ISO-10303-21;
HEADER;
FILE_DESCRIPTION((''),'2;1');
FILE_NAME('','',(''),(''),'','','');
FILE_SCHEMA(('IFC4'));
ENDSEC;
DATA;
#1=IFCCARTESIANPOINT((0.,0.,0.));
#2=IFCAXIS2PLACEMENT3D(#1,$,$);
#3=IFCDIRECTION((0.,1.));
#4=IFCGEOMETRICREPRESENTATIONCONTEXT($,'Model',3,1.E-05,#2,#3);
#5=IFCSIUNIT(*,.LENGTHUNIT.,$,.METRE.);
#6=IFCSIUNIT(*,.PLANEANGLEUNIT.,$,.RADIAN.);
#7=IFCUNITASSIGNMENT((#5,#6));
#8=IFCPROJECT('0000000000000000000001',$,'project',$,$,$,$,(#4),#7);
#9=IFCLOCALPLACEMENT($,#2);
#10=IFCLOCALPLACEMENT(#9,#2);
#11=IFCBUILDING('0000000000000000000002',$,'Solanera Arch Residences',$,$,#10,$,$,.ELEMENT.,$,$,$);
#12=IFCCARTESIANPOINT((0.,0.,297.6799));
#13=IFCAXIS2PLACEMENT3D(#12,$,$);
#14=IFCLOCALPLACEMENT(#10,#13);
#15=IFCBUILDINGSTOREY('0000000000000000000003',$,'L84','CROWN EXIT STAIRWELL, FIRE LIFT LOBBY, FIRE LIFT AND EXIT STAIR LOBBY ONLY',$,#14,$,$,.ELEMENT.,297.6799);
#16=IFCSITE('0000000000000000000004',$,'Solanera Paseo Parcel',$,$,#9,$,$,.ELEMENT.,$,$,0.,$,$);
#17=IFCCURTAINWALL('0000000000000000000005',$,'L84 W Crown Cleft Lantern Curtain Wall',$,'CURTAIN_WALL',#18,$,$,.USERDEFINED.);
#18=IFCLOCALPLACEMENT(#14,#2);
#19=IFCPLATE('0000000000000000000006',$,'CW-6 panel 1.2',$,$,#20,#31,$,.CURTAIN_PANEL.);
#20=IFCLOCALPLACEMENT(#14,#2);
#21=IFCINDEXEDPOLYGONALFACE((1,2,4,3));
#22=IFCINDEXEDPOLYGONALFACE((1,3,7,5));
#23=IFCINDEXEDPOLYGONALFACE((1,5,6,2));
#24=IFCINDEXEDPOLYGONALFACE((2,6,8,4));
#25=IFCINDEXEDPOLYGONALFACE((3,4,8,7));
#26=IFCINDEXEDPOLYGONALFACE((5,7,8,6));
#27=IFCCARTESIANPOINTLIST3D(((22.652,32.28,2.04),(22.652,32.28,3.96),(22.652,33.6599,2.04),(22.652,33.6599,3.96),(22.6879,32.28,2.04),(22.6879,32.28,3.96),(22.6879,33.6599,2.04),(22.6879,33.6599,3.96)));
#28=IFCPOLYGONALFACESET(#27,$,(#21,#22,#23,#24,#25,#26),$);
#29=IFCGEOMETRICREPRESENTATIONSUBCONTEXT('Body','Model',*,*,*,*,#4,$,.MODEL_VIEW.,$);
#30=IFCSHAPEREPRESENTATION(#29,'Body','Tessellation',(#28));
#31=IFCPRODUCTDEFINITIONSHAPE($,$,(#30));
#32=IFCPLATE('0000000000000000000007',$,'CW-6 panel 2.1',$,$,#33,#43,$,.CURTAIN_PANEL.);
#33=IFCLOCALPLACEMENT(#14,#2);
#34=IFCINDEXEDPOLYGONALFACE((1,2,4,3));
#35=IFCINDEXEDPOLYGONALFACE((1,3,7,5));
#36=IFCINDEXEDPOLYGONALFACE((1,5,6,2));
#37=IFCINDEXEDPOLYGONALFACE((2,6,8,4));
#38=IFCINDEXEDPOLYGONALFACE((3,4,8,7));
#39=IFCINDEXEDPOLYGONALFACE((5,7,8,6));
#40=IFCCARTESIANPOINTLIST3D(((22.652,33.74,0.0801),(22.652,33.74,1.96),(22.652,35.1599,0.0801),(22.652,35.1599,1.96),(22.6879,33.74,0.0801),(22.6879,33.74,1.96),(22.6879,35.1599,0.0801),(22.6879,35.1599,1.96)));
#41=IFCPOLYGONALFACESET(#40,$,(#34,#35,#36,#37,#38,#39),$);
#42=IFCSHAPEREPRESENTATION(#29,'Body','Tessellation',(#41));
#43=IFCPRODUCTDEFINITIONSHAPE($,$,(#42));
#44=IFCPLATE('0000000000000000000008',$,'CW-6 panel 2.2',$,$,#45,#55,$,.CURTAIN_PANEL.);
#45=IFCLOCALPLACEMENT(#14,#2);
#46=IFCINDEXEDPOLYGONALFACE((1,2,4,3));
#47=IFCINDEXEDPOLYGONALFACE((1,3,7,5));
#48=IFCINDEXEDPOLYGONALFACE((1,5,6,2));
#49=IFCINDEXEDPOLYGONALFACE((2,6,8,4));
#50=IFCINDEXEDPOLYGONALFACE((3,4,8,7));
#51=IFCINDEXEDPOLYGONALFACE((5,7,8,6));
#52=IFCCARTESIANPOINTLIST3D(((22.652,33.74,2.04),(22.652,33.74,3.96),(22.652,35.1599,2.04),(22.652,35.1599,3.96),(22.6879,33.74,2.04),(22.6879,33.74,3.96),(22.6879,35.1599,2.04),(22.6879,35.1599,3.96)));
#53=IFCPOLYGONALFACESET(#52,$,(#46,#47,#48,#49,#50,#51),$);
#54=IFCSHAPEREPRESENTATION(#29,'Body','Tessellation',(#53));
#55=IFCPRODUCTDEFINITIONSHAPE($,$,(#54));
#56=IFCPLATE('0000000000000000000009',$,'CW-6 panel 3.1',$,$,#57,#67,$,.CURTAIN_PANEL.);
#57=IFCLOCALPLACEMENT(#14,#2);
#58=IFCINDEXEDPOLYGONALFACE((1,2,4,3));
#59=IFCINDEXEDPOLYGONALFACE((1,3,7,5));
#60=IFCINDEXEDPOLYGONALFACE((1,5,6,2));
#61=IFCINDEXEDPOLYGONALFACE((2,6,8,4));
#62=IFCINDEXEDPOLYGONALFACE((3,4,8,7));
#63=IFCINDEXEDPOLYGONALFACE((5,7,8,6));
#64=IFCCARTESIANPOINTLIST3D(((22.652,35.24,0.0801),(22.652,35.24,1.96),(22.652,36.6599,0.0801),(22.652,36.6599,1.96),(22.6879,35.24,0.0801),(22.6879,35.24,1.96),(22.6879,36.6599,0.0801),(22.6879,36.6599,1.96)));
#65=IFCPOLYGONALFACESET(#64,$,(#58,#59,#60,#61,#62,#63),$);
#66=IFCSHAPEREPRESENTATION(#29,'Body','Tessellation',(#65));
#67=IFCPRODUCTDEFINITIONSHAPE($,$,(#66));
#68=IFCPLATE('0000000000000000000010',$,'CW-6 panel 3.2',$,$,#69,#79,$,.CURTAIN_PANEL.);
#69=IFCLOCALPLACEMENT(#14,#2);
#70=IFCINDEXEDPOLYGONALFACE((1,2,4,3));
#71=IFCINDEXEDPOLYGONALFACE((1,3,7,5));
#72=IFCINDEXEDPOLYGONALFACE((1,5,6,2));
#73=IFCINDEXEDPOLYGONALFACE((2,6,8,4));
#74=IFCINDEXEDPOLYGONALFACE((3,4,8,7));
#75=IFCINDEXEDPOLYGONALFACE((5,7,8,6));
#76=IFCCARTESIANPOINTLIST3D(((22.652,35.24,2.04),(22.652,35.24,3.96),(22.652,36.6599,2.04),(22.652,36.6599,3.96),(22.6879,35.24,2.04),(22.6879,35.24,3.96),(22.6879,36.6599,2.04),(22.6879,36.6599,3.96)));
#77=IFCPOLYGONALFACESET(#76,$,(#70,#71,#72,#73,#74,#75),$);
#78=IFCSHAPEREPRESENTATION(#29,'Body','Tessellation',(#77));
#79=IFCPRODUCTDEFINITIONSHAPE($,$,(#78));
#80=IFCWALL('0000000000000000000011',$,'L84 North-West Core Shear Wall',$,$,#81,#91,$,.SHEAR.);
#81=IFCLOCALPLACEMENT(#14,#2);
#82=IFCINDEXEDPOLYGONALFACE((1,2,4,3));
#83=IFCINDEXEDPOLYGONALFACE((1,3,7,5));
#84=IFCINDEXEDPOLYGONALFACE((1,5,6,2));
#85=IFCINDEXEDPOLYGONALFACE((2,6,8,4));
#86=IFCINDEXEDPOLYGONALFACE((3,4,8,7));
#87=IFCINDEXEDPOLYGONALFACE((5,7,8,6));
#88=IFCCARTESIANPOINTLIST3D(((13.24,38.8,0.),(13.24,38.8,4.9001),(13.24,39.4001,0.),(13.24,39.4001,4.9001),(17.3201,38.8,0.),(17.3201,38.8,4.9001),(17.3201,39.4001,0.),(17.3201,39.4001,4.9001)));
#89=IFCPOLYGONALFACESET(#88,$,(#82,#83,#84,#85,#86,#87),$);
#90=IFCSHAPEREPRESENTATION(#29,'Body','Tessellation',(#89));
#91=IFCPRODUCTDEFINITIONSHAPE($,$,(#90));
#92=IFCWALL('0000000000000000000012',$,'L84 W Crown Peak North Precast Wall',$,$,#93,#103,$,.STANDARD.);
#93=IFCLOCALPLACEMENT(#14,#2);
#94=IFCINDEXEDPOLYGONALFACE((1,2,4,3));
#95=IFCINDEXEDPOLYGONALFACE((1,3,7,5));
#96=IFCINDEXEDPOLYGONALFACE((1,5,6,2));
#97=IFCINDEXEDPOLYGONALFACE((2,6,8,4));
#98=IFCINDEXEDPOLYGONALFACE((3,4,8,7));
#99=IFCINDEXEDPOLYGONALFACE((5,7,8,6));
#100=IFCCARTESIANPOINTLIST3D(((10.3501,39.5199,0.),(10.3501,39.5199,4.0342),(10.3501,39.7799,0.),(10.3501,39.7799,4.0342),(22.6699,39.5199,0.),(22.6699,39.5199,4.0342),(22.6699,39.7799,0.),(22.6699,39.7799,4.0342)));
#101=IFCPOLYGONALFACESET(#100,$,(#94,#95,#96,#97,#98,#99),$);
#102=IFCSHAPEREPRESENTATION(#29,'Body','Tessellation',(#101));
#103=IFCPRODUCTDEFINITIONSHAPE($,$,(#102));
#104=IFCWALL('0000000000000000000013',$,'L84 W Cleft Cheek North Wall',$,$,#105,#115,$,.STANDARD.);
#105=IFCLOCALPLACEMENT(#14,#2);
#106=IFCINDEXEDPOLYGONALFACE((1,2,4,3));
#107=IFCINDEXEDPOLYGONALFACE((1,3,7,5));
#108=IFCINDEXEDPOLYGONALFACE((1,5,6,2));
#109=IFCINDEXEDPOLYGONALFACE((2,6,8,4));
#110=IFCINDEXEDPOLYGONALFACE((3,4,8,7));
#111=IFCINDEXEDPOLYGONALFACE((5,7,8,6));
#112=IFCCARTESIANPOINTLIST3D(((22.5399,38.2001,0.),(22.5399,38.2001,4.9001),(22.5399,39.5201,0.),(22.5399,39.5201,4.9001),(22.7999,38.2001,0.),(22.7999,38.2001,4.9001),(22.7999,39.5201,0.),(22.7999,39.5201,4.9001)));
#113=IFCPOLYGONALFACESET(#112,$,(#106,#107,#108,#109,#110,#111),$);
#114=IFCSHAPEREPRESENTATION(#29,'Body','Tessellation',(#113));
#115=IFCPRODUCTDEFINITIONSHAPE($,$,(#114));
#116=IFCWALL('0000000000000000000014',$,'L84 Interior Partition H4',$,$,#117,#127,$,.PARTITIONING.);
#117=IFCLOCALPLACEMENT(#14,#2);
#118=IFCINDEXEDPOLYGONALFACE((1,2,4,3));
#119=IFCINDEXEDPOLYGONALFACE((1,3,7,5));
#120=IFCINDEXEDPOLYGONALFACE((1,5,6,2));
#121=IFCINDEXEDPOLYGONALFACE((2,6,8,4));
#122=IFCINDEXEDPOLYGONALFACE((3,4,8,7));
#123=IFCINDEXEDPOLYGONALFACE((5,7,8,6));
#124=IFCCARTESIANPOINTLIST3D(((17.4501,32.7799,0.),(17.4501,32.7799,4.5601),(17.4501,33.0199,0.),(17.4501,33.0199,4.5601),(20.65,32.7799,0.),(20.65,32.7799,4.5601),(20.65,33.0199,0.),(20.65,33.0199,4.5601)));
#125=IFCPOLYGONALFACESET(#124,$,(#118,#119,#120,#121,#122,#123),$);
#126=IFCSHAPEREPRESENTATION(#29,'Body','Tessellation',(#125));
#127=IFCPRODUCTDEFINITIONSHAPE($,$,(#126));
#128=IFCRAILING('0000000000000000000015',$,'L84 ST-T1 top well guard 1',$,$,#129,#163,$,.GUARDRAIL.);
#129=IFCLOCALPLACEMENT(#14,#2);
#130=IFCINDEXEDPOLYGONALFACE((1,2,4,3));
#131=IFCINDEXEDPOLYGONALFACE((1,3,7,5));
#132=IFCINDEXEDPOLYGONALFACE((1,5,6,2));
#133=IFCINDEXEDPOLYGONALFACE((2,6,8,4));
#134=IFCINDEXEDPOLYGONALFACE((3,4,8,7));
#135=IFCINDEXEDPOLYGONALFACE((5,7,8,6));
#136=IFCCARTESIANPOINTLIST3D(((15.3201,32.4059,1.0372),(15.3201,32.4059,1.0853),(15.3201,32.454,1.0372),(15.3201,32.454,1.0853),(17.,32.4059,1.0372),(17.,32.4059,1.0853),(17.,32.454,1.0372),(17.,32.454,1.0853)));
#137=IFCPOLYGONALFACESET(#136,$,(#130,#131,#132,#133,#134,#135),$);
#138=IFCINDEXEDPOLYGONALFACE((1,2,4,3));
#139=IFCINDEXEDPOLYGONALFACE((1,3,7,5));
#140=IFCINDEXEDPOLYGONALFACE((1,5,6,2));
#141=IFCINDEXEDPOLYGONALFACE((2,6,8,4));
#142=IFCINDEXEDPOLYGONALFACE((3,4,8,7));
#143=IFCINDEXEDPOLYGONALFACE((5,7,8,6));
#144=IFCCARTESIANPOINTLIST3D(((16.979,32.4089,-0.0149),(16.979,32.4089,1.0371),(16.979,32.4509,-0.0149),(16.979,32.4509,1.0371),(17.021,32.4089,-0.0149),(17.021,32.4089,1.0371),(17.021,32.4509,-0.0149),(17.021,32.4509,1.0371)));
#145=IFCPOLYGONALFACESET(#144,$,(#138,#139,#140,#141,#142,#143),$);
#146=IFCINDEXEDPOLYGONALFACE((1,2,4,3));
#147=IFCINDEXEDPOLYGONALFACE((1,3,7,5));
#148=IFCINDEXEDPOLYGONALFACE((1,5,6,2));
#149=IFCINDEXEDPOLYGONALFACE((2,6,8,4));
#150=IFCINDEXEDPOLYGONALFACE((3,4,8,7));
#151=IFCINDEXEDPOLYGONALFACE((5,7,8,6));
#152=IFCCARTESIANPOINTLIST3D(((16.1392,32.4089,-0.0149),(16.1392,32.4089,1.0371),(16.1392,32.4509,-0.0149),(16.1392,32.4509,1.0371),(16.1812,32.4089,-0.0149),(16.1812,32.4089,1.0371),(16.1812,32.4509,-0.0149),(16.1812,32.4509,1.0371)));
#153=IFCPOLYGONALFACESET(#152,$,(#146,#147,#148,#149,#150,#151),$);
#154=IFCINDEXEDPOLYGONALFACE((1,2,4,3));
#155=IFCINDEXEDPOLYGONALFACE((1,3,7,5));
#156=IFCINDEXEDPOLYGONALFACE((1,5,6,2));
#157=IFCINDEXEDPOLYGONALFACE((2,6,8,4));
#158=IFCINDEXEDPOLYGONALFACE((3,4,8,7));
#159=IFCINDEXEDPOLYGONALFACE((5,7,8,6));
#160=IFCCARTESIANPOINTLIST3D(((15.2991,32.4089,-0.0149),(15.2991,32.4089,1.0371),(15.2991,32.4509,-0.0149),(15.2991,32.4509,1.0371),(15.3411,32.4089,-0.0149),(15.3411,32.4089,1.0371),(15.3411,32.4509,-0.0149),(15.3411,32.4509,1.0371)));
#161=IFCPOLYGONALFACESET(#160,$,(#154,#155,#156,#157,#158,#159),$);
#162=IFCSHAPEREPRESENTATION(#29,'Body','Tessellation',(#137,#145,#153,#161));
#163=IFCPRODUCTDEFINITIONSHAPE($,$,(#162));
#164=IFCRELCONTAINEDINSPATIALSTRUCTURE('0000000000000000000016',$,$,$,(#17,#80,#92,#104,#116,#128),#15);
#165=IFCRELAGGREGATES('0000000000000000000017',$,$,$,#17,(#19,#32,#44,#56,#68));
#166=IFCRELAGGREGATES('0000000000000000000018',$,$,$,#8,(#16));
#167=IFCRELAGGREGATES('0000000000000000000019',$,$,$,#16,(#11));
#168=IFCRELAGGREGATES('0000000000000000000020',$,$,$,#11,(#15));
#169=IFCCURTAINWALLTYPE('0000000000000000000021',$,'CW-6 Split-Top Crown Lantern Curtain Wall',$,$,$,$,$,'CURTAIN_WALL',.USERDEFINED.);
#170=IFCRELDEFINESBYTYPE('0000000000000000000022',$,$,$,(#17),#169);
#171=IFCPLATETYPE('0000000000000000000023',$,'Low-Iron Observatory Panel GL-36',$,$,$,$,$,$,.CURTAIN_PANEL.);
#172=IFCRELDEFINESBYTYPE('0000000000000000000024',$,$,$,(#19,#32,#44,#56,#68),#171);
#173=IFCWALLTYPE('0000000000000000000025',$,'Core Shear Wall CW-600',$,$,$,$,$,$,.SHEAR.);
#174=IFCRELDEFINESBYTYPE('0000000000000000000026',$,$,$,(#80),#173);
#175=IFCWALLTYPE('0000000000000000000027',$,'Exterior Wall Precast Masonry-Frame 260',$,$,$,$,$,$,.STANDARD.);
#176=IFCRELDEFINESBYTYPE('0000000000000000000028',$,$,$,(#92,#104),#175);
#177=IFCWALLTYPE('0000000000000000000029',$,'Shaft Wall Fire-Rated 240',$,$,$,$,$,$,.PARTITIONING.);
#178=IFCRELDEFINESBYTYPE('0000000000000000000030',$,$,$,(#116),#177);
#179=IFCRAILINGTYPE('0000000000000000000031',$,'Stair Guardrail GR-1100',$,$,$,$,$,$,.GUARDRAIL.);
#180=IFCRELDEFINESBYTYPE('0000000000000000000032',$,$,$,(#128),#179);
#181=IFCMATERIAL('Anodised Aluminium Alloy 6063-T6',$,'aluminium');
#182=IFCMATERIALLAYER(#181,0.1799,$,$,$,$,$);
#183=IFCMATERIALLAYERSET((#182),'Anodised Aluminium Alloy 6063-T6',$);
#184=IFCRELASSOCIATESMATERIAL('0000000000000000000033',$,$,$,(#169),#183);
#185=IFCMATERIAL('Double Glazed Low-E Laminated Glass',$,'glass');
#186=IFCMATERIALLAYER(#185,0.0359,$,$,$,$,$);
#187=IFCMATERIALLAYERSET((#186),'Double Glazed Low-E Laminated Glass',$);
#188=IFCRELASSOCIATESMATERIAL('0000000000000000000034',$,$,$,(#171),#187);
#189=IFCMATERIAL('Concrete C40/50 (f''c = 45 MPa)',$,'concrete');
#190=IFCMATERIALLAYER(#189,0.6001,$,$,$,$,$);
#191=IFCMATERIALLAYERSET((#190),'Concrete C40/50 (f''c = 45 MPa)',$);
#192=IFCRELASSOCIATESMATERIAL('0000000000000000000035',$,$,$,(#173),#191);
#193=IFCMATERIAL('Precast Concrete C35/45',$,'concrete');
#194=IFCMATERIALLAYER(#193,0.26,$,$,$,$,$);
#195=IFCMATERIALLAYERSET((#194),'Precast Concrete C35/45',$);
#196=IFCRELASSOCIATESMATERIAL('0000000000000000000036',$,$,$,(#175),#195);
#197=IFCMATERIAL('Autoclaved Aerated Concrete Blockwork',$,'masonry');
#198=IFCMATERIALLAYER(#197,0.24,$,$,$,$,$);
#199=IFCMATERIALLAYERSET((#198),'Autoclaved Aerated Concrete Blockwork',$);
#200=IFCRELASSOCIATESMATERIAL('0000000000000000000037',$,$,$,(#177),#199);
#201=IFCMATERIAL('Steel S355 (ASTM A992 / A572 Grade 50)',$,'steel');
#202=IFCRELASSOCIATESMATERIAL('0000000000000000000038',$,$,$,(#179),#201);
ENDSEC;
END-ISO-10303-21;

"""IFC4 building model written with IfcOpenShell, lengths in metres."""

from ifc_helpers import new_model, si_unit, direction, frame, frame_2d, origin, origin_2d, place, context, subcontext, project, spatial, rectangle, extrude, material, layer, layer_set, type_object, element, aggregate, save


model = new_model("IFC4")

# Units and contexts
model_context = context("Model", 3, precision=1e-05, world=origin(), true_north=direction((0.0, 1.0)))
body_context = subcontext(model_context, "Body", "Model", "MODEL_VIEW")
ifc_project = project(units=[si_unit("LENGTHUNIT", "METRE"), si_unit("PLANEANGLEUNIT", "RADIAN")], contexts=[model_context])

# Site, building, storey
site_placement = place(None, origin())
site = spatial("IfcSite", under=ifc_project, at=site_placement, Name="Solanera Paseo Parcel", CompositionType="ELEMENT", RefElevation=0.0)
building_placement = place(site_placement, origin())
building = spatial("IfcBuilding", under=site, at=building_placement, Name="Solanera Arch Residences", CompositionType="ELEMENT")
storey_placement = place(building_placement, frame((0.0, 0.0, 297.6799)))
storey = spatial("IfcBuildingStorey", under=building, at=storey_placement, Name="L84", Description="CROWN EXIT STAIRWELL, FIRE LIFT LOBBY, FIRE LIFT AND EXIT STAIR LOBBY ONLY", CompositionType="ELEMENT", Elevation=297.6799)

# Curtain wall
ifc_material_1 = material(Name="Anodised Aluminium Alloy 6063-T6", Category="aluminium")
ifc_layer_1 = layer(ifc_material_1, 0.1799)
ifc_layer_set_1 = layer_set([ifc_layer_1], Name="Anodised Aluminium Alloy 6063-T6")
curtain_wall_type = type_object("IfcCurtainWallType", Name="CW-6 Split-Top Crown Lantern Curtain Wall", ElementType="CURTAIN_WALL", PredefinedType="USERDEFINED", material=ifc_layer_set_1)
curtain_wall_placement = place(storey_placement, origin())
curtain_wall = element("IfcCurtainWall", 1, at=curtain_wall_placement, inside=storey, type_object=curtain_wall_type, Name="L84 W Crown Cleft Lantern Curtain Wall", ObjectType="CURTAIN_WALL", PredefinedType="USERDEFINED")

# Plates
ifc_material_2 = material(Name="Double Glazed Low-E Laminated Glass", Category="glass")
ifc_layer_2 = layer(ifc_material_2, 0.0359)
ifc_layer_set_2 = layer_set([ifc_layer_2], Name="Double Glazed Low-E Laminated Glass")
plate_type = type_object("IfcPlateType", Name="Low-Iron Observatory Panel GL-36", PredefinedType="CURTAIN_PANEL", material=ifc_layer_set_2)
plate_1_placement = place(storey_placement, frame((22.6699, 32.97, 2.04), z_axis=(0.0, 0.0, 1.0), x_axis=(0.0, 1.0, 0.0)))
plate_1 = element("IfcPlate", 2, at=plate_1_placement, type_object=plate_type, Name="CW-6 panel 1.2", PredefinedType="CURTAIN_PANEL", context=body_context, shape_type="SweptSolid", body=[
    extrude(rectangle(XDim=1.3799, YDim=0.0359, at=origin_2d()), origin(), (0.0, 0.0, 1.0), 1.9199),
])
plate_2_placement = place(storey_placement, frame((22.6699, 34.45, 0.0801), z_axis=(0.0, 0.0, 1.0), x_axis=(0.0, 1.0, 0.0)))
plate_2 = element("IfcPlate", 3, at=plate_2_placement, type_object=plate_type, Name="CW-6 panel 2.1", PredefinedType="CURTAIN_PANEL", context=body_context, shape_type="SweptSolid", body=[
    extrude(rectangle(XDim=1.4199, YDim=0.0359, at=origin_2d()), origin(), (0.0, 0.0, 1.0), 1.8799),
])
plate_3_placement = place(storey_placement, frame((22.6699, 34.45, 2.04), z_axis=(0.0, 0.0, 1.0), x_axis=(0.0, 1.0, 0.0)))
plate_3 = element("IfcPlate", 4, at=plate_3_placement, type_object=plate_type, Name="CW-6 panel 2.2", PredefinedType="CURTAIN_PANEL", context=body_context, shape_type="SweptSolid", body=[
    extrude(rectangle(XDim=1.4199, YDim=0.0359, at=origin_2d()), origin(), (0.0, 0.0, 1.0), 1.9199),
])
plate_4_placement = place(storey_placement, frame((22.6699, 35.95, 0.0801), z_axis=(0.0, 0.0, 1.0), x_axis=(0.0, 1.0, 0.0)))
plate_4 = element("IfcPlate", 5, at=plate_4_placement, type_object=plate_type, Name="CW-6 panel 3.1", PredefinedType="CURTAIN_PANEL", context=body_context, shape_type="SweptSolid", body=[
    extrude(rectangle(XDim=1.4199, YDim=0.0359, at=origin_2d()), origin(), (0.0, 0.0, 1.0), 1.8799),
])
plate_5_placement = place(storey_placement, frame((22.6699, 35.95, 2.04), z_axis=(0.0, 0.0, 1.0), x_axis=(0.0, 1.0, 0.0)))
plate_5 = element("IfcPlate", 6, at=plate_5_placement, type_object=plate_type, Name="CW-6 panel 3.2", PredefinedType="CURTAIN_PANEL", context=body_context, shape_type="SweptSolid", body=[
    extrude(rectangle(XDim=1.4199, YDim=0.0359, at=origin_2d()), origin(), (0.0, 0.0, 1.0), 1.9199),
])
aggregate(curtain_wall, [plate_1, plate_2, plate_3, plate_4, plate_5])

# Walls
ifc_material_3 = material(Name="Concrete C40/50 (f'c = 45 MPa)", Category="concrete")
ifc_layer_3 = layer(ifc_material_3, 0.6001)
ifc_layer_set_3 = layer_set([ifc_layer_3], Name="Concrete C40/50 (f'c = 45 MPa)")
wall_type_1 = type_object("IfcWallType", Name="Core Shear Wall CW-600", PredefinedType="SHEAR", material=ifc_layer_set_3)
wall_1_placement = place(storey_placement, frame((13.24, 39.1001, 0.0), z_axis=(0.0, 0.0, 1.0), x_axis=(1.0, 0.0, 0.0)))
element("IfcWall", 7, at=wall_1_placement, inside=storey, type_object=wall_type_1, Name="L84 North-West Core Shear Wall", PredefinedType="SHEAR", context=body_context, shape_type="SweptSolid", body=[
    extrude(rectangle(XDim=4.0801, YDim=0.6001, at=frame_2d((2.04, 0.0))), origin(), (0.0, 0.0, 1.0), 4.9001),
])
ifc_material_4 = material(Name="Precast Concrete C35/45", Category="concrete")
ifc_layer_4 = layer(ifc_material_4, 0.26)
ifc_layer_set_4 = layer_set([ifc_layer_4], Name="Precast Concrete C35/45")
wall_type_2 = type_object("IfcWallType", Name="Exterior Wall Precast Masonry-Frame 260", PredefinedType="STANDARD", material=ifc_layer_set_4)
wall_2_placement = place(storey_placement, frame((10.3501, 39.6499, 0.0), z_axis=(0.0, 0.0, 1.0), x_axis=(1.0, 0.0, 0.0)))
element("IfcWall", 8, at=wall_2_placement, inside=storey, type_object=wall_type_2, Name="L84 W Crown Peak North Precast Wall", PredefinedType="STANDARD", context=body_context, shape_type="SweptSolid", body=[
    extrude(rectangle(XDim=12.3198, YDim=0.26, at=frame_2d((6.1599, 0.0))), origin(), (0.0, 0.0, 1.0), 4.0342),
])
wall_3_placement = place(storey_placement, frame((22.6699, 38.2, 0.0), z_axis=(0.0, 0.0, 1.0), x_axis=(0.0, 1.0, 0.0)))
element("IfcWall", 9, at=wall_3_placement, inside=storey, type_object=wall_type_2, Name="L84 W Cleft Cheek North Wall", PredefinedType="STANDARD", context=body_context, shape_type="SweptSolid", body=[
    extrude(rectangle(XDim=1.3201, YDim=0.26, at=frame_2d((0.6602, 0.0))), origin(), (0.0, 0.0, 1.0), 4.9001),
])
ifc_material_5 = material(Name="Autoclaved Aerated Concrete Blockwork", Category="masonry")
ifc_layer_5 = layer(ifc_material_5, 0.24)
ifc_layer_set_5 = layer_set([ifc_layer_5], Name="Autoclaved Aerated Concrete Blockwork")
wall_type_3 = type_object("IfcWallType", Name="Shaft Wall Fire-Rated 240", PredefinedType="PARTITIONING", material=ifc_layer_set_5)
wall_4_placement = place(storey_placement, frame((17.45, 32.8999, 0.0), z_axis=(0.0, 0.0, 1.0), x_axis=(1.0, 0.0, 0.0)))
element("IfcWall", 10, at=wall_4_placement, inside=storey, type_object=wall_type_3, Name="L84 Interior Partition H4", PredefinedType="PARTITIONING", context=body_context, shape_type="SweptSolid", body=[
    extrude(rectangle(XDim=3.2, YDim=0.24, at=frame_2d((1.6001, 0.0))), origin(), (0.0, 0.0, 1.0), 4.5601),
])

# Railing
ifc_material_6 = material(Name="Steel S355 (ASTM A992 / A572 Grade 50)", Category="steel")
railing_type = type_object("IfcRailingType", Name="Stair Guardrail GR-1100", PredefinedType="GUARDRAIL", material=ifc_material_6)
railing_placement = place(storey_placement, frame((17.0, 32.4299, -0.0149)))
element("IfcRailing", 11, at=railing_placement, inside=storey, type_object=railing_type, Name="L84 ST-T1 top well guard 1", PredefinedType="GUARDRAIL", context=body_context, shape_type="SweptSolid", body=[
    extrude(rectangle(XDim=0.0481, YDim=0.0481, at=origin_2d()), frame((0.0, 0.0, 1.0762), z_axis=(-1.0, 0.0, 0.0), x_axis=(0.0, -1.0, 0.0)), (0.0, 0.0, 1.0), 1.6799),
    extrude(rectangle(XDim=0.042, YDim=0.042, at=origin_2d()), origin(), (0.0, 0.0, 1.0), 1.052),
    extrude(rectangle(XDim=0.042, YDim=0.042, at=origin_2d()), frame((-0.8398, 0.0, 0.0)), (0.0, 0.0, 1.0), 1.052),
    extrude(rectangle(XDim=0.042, YDim=0.042, at=origin_2d()), frame((-1.6799, 0.0, 0.0)), (0.0, 0.0, 1.0), 1.052),
])

save(model, "model.ifc")
